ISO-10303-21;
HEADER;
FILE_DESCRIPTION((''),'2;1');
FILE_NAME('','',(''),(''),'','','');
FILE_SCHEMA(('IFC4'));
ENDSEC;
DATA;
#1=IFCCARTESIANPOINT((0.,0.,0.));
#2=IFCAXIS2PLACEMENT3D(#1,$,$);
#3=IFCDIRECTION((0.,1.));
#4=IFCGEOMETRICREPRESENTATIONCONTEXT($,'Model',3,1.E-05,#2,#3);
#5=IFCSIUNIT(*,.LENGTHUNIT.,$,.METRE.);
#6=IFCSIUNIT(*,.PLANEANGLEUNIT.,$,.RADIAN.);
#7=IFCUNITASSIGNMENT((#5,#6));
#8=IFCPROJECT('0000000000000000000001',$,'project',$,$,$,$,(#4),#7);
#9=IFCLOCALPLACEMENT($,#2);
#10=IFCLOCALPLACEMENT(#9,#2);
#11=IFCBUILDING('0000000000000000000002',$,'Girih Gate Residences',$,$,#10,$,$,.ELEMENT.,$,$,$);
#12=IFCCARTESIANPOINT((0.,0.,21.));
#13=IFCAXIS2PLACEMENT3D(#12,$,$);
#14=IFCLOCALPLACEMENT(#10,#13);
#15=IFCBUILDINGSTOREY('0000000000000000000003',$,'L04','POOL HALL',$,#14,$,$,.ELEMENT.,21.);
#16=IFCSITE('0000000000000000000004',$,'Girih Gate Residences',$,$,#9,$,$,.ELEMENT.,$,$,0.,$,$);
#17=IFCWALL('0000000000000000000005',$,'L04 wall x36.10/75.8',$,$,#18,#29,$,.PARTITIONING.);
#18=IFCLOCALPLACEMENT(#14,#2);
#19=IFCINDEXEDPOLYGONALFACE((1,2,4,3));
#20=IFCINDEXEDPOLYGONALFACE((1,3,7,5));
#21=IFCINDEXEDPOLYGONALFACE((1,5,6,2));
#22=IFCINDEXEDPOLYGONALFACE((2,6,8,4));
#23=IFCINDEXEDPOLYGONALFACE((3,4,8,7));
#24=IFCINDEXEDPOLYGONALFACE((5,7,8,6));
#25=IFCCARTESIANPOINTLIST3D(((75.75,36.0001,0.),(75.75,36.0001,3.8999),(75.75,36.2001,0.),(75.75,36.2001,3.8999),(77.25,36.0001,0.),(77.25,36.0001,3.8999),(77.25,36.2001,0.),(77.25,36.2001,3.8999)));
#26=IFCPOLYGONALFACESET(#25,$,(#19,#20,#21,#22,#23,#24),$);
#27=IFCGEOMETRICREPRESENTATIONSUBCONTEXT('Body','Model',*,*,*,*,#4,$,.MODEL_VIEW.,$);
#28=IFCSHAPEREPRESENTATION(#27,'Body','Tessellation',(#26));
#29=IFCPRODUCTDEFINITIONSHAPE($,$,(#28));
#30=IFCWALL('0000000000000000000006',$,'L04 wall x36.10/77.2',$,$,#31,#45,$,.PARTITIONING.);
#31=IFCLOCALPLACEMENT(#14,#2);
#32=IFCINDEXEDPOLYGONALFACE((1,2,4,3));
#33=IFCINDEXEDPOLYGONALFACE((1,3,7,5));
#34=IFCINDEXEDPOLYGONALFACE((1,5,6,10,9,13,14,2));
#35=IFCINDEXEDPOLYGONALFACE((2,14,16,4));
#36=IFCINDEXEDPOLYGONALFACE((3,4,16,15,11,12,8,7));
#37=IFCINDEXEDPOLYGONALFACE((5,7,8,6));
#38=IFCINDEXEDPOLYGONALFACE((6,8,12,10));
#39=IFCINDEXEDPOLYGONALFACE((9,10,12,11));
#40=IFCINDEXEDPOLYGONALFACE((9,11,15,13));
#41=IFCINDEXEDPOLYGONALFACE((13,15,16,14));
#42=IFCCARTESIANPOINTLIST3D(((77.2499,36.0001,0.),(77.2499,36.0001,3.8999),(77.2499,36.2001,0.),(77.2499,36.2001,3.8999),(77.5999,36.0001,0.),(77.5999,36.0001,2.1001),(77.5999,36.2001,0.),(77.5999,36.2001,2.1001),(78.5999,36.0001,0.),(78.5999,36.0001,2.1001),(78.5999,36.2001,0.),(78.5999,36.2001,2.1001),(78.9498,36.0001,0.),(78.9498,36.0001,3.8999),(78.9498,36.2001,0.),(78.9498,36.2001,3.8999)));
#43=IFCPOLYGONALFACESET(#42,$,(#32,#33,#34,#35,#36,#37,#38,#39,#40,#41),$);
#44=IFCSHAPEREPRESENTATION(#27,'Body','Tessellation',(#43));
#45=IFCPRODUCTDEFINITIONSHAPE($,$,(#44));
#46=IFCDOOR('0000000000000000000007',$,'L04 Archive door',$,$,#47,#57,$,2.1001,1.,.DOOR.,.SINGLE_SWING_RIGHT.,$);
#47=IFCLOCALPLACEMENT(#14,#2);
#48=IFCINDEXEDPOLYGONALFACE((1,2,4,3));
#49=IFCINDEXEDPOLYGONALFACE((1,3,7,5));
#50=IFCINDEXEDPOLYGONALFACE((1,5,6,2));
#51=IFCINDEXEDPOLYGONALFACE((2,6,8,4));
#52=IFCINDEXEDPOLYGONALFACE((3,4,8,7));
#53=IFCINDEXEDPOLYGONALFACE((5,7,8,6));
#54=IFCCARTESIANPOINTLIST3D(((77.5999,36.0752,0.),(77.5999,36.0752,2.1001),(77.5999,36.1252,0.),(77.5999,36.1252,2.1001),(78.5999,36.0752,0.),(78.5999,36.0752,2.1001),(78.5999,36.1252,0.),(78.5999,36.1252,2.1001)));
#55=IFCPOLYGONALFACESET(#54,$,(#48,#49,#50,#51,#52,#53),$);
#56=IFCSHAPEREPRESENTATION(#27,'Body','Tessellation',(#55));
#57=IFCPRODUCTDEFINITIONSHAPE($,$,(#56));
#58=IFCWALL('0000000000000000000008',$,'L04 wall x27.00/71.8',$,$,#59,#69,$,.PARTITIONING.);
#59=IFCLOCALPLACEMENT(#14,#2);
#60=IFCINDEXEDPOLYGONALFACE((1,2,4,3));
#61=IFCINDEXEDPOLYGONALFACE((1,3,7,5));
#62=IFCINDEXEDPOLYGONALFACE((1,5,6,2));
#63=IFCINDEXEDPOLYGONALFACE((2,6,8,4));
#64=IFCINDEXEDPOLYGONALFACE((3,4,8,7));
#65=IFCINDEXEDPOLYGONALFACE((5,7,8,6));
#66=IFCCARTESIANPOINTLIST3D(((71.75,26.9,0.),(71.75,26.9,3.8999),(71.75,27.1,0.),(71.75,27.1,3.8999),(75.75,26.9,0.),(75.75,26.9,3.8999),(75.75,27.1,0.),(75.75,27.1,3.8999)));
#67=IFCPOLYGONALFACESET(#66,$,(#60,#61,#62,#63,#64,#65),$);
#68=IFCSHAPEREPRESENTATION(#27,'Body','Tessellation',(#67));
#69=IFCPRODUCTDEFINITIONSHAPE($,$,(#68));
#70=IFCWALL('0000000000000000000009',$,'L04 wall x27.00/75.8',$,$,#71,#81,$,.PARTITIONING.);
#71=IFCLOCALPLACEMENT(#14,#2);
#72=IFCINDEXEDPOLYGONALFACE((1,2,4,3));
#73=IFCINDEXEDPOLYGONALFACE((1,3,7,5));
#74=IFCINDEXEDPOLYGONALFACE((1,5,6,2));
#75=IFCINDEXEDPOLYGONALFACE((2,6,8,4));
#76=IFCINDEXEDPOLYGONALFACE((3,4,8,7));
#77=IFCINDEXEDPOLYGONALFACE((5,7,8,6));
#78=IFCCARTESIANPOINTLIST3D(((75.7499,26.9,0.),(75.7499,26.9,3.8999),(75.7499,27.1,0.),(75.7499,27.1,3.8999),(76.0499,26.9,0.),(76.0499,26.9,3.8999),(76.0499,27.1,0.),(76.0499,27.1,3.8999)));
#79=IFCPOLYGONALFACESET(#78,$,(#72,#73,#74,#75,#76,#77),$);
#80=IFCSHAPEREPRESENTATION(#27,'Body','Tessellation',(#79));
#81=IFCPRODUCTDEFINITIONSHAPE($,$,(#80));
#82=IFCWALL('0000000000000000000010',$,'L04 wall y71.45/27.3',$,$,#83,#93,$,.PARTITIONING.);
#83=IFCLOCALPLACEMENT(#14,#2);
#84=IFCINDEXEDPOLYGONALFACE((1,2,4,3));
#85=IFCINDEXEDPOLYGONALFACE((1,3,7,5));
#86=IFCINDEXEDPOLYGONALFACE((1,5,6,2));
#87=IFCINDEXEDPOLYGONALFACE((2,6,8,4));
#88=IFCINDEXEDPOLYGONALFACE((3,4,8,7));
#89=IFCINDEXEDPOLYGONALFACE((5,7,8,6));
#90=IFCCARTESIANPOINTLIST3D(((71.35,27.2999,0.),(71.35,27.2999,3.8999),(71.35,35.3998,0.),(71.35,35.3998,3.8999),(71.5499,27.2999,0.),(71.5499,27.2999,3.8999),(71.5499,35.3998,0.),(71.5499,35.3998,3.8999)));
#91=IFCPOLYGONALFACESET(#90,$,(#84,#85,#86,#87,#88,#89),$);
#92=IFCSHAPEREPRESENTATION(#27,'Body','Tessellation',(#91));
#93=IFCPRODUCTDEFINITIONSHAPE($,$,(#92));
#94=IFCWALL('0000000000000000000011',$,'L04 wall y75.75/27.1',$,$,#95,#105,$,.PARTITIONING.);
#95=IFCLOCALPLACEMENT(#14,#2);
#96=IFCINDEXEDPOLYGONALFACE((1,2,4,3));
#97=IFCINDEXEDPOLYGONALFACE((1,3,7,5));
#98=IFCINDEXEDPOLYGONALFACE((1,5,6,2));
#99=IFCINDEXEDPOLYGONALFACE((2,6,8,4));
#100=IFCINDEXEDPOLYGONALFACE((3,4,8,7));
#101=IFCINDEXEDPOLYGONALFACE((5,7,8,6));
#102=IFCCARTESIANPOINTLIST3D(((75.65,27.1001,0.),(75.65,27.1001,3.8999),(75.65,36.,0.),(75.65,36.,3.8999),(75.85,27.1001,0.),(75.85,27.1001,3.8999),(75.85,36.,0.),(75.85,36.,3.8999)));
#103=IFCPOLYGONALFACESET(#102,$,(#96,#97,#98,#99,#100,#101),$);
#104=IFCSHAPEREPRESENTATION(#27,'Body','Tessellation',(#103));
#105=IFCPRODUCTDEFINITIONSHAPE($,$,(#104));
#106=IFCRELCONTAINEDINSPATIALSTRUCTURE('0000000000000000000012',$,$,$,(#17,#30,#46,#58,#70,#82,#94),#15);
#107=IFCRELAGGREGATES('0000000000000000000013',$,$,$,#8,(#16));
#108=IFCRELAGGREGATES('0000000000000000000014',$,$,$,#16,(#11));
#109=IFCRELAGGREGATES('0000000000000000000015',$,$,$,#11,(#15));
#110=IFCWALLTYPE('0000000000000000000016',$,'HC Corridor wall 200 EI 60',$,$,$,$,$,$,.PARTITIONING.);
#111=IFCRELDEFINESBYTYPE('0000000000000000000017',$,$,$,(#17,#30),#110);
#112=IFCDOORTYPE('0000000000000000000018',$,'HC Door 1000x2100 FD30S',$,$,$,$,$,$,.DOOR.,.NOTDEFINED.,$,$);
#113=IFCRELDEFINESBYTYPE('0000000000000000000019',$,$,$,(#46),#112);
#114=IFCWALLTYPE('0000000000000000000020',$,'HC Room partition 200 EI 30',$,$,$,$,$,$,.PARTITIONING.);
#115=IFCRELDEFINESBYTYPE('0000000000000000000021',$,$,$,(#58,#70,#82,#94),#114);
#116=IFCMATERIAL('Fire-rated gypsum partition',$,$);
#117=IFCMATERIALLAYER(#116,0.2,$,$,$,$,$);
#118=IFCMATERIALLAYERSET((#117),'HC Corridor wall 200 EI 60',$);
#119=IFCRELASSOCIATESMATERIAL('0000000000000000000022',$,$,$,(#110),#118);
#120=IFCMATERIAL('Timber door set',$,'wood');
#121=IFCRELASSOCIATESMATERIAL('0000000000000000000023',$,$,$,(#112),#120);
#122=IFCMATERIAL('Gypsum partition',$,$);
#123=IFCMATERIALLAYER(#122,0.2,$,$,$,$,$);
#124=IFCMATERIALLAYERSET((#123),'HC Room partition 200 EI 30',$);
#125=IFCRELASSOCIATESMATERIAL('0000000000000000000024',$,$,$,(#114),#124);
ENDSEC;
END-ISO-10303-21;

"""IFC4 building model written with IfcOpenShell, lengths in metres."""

from ifc_helpers import new_model, si_unit, direction, frame, frame_2d, origin, place, context, subcontext, project, spatial, rectangle, extrude, material, layer, layer_set, type_object, element, fill, save


model = new_model("IFC4")

# Units and contexts
model_context = context("Model", 3, precision=1e-05, world=origin(), true_north=direction((0.0, 1.0)))
body_context = subcontext(model_context, "Body", "Model", "MODEL_VIEW")
ifc_project = project(units=[si_unit("LENGTHUNIT", "METRE"), si_unit("PLANEANGLEUNIT", "RADIAN")], contexts=[model_context])

# Site, building, storey
site_placement = place(None, origin())
site = spatial("IfcSite", under=ifc_project, at=site_placement, Name="Girih Gate Residences", CompositionType="ELEMENT", RefElevation=0.0)
building_placement = place(site_placement, origin())
building = spatial("IfcBuilding", under=site, at=building_placement, Name="Girih Gate Residences", CompositionType="ELEMENT")
storey_placement = place(building_placement, frame((0.0, 0.0, 21.0)))
storey = spatial("IfcBuildingStorey", under=building, at=storey_placement, Name="L04", Description="POOL HALL", CompositionType="ELEMENT", Elevation=21.0)

# Shared definitions
ifc_material_1 = material(Name="Fire-rated gypsum partition")
ifc_layer_1 = layer(ifc_material_1, 0.2)
ifc_layer_set_1 = layer_set([ifc_layer_1], Name="HC Corridor wall 200 EI 60")
wall_type_1 = type_object("IfcWallType", Name="HC Corridor wall 200 EI 60", PredefinedType="PARTITIONING", material=ifc_layer_set_1)

# Shared definitions
ifc_material_2 = material(Name="Timber door set", Category="wood")
door_type = type_object("IfcDoorType", Name="HC Door 1000x2100 FD30S", OperationType="NOTDEFINED", PredefinedType="DOOR", material=ifc_material_2)

# Wall
wall_1_placement = place(storey_placement, frame((75.75, 36.1001, 0.0), z_axis=(0.0, 0.0, 1.0), x_axis=(1.0, 0.0, 0.0)))
element("IfcWall", 1, at=wall_1_placement, inside=storey, type_object=wall_type_1, Name="L04 wall x36.10/75.8", PredefinedType="PARTITIONING", context=body_context, shape_type="SweptSolid", body=[
    extrude(rectangle(XDim=1.5, YDim=0.2, at=frame_2d((0.75, 0.0))), origin(), (0.0, 0.0, 1.0), 3.8999),
])

# Wall, opening, door
wall_2_placement = place(storey_placement, frame((78.95, 36.1001, 0.0), z_axis=(0.0, 0.0, 1.0), x_axis=(-1.0, 0.0, 0.0)))
wall_2 = element("IfcWall", 2, at=wall_2_placement, inside=storey, type_object=wall_type_1, Name="L04 wall x36.10/77.2", PredefinedType="PARTITIONING", context=body_context, shape_type="SweptSolid", body=[
    extrude(rectangle(XDim=1.7, YDim=0.2, at=frame_2d((0.8501, 0.0))), origin(), (0.0, 0.0, 1.0), 3.8999),
])
opening_1_placement = place(wall_2_placement, frame((0.3501, 0.0, 0.0)))
opening_1 = element("IfcOpeningElement", 3, at=opening_1_placement, cuts=wall_2, PredefinedType="OPENING", context=body_context, shape_type="SweptSolid", body=[
    extrude(rectangle(XDim=1.0, YDim=2.1001, at=frame_2d((0.5, 1.05))), frame((0.0, 0.1099, 0.0), z_axis=(0.0, -1.0, 0.0), x_axis=(1.0, 0.0, 0.0)), (0.0, 0.0, 1.0), 0.22),
])
door_1_placement = place(opening_1_placement, origin())
door_1 = element("IfcDoor", 4, at=door_1_placement, inside=storey, type_object=door_type, Name="L04 Archive door", OperationType="SINGLE_SWING_RIGHT", OverallHeight=2.1001, OverallWidth=1.0, PredefinedType="DOOR", context=body_context, shape_type="SweptSolid", body=[
    extrude(rectangle(XDim=1.0, YDim=2.1001, at=frame_2d((0.5, 1.05))), frame((0.0, 0.0249, 0.0), z_axis=(0.0, -1.0, 0.0), x_axis=(1.0, 0.0, 0.0)), (0.0, 0.0, 1.0), 0.05),
])
fill(opening_1, door_1)

# Walls
ifc_material_3 = material(Name="Gypsum partition")
ifc_layer_2 = layer(ifc_material_3, 0.2)
ifc_layer_set_2 = layer_set([ifc_layer_2], Name="HC Room partition 200 EI 30")
wall_type_2 = type_object("IfcWallType", Name="HC Room partition 200 EI 30", PredefinedType="PARTITIONING", material=ifc_layer_set_2)
wall_3_placement = place(storey_placement, frame((71.75, 27.0, 0.0), z_axis=(0.0, 0.0, 1.0), x_axis=(1.0, 0.0, 0.0)))
element("IfcWall", 5, at=wall_3_placement, inside=storey, type_object=wall_type_2, Name="L04 wall x27.00/71.8", PredefinedType="PARTITIONING", context=body_context, shape_type="SweptSolid", body=[
    extrude(rectangle(XDim=4.0, YDim=0.2, at=frame_2d((2.0, 0.0))), origin(), (0.0, 0.0, 1.0), 3.8999),
])
wall_4_placement = place(storey_placement, frame((75.75, 27.0, 0.0), z_axis=(0.0, 0.0, 1.0), x_axis=(1.0, 0.0, 0.0)))
element("IfcWall", 6, at=wall_4_placement, inside=storey, type_object=wall_type_2, Name="L04 wall x27.00/75.8", PredefinedType="PARTITIONING", context=body_context, shape_type="SweptSolid", body=[
    extrude(rectangle(XDim=0.3, YDim=0.2, at=frame_2d((0.1499, 0.0))), origin(), (0.0, 0.0, 1.0), 3.8999),
])
wall_5_placement = place(storey_placement, frame((71.45, 27.3, 0.0), z_axis=(0.0, 0.0, 1.0), x_axis=(0.0, 1.0, 0.0)))
element("IfcWall", 7, at=wall_5_placement, inside=storey, type_object=wall_type_2, Name="L04 wall y71.45/27.3", PredefinedType="PARTITIONING", context=body_context, shape_type="SweptSolid", body=[
    extrude(rectangle(XDim=8.0999, YDim=0.2, at=frame_2d((4.0498, 0.0))), origin(), (0.0, 0.0, 1.0), 3.8999),
])
wall_6_placement = place(storey_placement, frame((75.75, 27.1001, 0.0), z_axis=(0.0, 0.0, 1.0), x_axis=(0.0, 1.0, 0.0)))
element("IfcWall", 8, at=wall_6_placement, inside=storey, type_object=wall_type_2, Name="L04 wall y75.75/27.1", PredefinedType="PARTITIONING", context=body_context, shape_type="SweptSolid", body=[
    extrude(rectangle(XDim=8.8999, YDim=0.2, at=frame_2d((4.45, 0.0))), origin(), (0.0, 0.0, 1.0), 3.8999),
])

save(model, "model.ifc")
